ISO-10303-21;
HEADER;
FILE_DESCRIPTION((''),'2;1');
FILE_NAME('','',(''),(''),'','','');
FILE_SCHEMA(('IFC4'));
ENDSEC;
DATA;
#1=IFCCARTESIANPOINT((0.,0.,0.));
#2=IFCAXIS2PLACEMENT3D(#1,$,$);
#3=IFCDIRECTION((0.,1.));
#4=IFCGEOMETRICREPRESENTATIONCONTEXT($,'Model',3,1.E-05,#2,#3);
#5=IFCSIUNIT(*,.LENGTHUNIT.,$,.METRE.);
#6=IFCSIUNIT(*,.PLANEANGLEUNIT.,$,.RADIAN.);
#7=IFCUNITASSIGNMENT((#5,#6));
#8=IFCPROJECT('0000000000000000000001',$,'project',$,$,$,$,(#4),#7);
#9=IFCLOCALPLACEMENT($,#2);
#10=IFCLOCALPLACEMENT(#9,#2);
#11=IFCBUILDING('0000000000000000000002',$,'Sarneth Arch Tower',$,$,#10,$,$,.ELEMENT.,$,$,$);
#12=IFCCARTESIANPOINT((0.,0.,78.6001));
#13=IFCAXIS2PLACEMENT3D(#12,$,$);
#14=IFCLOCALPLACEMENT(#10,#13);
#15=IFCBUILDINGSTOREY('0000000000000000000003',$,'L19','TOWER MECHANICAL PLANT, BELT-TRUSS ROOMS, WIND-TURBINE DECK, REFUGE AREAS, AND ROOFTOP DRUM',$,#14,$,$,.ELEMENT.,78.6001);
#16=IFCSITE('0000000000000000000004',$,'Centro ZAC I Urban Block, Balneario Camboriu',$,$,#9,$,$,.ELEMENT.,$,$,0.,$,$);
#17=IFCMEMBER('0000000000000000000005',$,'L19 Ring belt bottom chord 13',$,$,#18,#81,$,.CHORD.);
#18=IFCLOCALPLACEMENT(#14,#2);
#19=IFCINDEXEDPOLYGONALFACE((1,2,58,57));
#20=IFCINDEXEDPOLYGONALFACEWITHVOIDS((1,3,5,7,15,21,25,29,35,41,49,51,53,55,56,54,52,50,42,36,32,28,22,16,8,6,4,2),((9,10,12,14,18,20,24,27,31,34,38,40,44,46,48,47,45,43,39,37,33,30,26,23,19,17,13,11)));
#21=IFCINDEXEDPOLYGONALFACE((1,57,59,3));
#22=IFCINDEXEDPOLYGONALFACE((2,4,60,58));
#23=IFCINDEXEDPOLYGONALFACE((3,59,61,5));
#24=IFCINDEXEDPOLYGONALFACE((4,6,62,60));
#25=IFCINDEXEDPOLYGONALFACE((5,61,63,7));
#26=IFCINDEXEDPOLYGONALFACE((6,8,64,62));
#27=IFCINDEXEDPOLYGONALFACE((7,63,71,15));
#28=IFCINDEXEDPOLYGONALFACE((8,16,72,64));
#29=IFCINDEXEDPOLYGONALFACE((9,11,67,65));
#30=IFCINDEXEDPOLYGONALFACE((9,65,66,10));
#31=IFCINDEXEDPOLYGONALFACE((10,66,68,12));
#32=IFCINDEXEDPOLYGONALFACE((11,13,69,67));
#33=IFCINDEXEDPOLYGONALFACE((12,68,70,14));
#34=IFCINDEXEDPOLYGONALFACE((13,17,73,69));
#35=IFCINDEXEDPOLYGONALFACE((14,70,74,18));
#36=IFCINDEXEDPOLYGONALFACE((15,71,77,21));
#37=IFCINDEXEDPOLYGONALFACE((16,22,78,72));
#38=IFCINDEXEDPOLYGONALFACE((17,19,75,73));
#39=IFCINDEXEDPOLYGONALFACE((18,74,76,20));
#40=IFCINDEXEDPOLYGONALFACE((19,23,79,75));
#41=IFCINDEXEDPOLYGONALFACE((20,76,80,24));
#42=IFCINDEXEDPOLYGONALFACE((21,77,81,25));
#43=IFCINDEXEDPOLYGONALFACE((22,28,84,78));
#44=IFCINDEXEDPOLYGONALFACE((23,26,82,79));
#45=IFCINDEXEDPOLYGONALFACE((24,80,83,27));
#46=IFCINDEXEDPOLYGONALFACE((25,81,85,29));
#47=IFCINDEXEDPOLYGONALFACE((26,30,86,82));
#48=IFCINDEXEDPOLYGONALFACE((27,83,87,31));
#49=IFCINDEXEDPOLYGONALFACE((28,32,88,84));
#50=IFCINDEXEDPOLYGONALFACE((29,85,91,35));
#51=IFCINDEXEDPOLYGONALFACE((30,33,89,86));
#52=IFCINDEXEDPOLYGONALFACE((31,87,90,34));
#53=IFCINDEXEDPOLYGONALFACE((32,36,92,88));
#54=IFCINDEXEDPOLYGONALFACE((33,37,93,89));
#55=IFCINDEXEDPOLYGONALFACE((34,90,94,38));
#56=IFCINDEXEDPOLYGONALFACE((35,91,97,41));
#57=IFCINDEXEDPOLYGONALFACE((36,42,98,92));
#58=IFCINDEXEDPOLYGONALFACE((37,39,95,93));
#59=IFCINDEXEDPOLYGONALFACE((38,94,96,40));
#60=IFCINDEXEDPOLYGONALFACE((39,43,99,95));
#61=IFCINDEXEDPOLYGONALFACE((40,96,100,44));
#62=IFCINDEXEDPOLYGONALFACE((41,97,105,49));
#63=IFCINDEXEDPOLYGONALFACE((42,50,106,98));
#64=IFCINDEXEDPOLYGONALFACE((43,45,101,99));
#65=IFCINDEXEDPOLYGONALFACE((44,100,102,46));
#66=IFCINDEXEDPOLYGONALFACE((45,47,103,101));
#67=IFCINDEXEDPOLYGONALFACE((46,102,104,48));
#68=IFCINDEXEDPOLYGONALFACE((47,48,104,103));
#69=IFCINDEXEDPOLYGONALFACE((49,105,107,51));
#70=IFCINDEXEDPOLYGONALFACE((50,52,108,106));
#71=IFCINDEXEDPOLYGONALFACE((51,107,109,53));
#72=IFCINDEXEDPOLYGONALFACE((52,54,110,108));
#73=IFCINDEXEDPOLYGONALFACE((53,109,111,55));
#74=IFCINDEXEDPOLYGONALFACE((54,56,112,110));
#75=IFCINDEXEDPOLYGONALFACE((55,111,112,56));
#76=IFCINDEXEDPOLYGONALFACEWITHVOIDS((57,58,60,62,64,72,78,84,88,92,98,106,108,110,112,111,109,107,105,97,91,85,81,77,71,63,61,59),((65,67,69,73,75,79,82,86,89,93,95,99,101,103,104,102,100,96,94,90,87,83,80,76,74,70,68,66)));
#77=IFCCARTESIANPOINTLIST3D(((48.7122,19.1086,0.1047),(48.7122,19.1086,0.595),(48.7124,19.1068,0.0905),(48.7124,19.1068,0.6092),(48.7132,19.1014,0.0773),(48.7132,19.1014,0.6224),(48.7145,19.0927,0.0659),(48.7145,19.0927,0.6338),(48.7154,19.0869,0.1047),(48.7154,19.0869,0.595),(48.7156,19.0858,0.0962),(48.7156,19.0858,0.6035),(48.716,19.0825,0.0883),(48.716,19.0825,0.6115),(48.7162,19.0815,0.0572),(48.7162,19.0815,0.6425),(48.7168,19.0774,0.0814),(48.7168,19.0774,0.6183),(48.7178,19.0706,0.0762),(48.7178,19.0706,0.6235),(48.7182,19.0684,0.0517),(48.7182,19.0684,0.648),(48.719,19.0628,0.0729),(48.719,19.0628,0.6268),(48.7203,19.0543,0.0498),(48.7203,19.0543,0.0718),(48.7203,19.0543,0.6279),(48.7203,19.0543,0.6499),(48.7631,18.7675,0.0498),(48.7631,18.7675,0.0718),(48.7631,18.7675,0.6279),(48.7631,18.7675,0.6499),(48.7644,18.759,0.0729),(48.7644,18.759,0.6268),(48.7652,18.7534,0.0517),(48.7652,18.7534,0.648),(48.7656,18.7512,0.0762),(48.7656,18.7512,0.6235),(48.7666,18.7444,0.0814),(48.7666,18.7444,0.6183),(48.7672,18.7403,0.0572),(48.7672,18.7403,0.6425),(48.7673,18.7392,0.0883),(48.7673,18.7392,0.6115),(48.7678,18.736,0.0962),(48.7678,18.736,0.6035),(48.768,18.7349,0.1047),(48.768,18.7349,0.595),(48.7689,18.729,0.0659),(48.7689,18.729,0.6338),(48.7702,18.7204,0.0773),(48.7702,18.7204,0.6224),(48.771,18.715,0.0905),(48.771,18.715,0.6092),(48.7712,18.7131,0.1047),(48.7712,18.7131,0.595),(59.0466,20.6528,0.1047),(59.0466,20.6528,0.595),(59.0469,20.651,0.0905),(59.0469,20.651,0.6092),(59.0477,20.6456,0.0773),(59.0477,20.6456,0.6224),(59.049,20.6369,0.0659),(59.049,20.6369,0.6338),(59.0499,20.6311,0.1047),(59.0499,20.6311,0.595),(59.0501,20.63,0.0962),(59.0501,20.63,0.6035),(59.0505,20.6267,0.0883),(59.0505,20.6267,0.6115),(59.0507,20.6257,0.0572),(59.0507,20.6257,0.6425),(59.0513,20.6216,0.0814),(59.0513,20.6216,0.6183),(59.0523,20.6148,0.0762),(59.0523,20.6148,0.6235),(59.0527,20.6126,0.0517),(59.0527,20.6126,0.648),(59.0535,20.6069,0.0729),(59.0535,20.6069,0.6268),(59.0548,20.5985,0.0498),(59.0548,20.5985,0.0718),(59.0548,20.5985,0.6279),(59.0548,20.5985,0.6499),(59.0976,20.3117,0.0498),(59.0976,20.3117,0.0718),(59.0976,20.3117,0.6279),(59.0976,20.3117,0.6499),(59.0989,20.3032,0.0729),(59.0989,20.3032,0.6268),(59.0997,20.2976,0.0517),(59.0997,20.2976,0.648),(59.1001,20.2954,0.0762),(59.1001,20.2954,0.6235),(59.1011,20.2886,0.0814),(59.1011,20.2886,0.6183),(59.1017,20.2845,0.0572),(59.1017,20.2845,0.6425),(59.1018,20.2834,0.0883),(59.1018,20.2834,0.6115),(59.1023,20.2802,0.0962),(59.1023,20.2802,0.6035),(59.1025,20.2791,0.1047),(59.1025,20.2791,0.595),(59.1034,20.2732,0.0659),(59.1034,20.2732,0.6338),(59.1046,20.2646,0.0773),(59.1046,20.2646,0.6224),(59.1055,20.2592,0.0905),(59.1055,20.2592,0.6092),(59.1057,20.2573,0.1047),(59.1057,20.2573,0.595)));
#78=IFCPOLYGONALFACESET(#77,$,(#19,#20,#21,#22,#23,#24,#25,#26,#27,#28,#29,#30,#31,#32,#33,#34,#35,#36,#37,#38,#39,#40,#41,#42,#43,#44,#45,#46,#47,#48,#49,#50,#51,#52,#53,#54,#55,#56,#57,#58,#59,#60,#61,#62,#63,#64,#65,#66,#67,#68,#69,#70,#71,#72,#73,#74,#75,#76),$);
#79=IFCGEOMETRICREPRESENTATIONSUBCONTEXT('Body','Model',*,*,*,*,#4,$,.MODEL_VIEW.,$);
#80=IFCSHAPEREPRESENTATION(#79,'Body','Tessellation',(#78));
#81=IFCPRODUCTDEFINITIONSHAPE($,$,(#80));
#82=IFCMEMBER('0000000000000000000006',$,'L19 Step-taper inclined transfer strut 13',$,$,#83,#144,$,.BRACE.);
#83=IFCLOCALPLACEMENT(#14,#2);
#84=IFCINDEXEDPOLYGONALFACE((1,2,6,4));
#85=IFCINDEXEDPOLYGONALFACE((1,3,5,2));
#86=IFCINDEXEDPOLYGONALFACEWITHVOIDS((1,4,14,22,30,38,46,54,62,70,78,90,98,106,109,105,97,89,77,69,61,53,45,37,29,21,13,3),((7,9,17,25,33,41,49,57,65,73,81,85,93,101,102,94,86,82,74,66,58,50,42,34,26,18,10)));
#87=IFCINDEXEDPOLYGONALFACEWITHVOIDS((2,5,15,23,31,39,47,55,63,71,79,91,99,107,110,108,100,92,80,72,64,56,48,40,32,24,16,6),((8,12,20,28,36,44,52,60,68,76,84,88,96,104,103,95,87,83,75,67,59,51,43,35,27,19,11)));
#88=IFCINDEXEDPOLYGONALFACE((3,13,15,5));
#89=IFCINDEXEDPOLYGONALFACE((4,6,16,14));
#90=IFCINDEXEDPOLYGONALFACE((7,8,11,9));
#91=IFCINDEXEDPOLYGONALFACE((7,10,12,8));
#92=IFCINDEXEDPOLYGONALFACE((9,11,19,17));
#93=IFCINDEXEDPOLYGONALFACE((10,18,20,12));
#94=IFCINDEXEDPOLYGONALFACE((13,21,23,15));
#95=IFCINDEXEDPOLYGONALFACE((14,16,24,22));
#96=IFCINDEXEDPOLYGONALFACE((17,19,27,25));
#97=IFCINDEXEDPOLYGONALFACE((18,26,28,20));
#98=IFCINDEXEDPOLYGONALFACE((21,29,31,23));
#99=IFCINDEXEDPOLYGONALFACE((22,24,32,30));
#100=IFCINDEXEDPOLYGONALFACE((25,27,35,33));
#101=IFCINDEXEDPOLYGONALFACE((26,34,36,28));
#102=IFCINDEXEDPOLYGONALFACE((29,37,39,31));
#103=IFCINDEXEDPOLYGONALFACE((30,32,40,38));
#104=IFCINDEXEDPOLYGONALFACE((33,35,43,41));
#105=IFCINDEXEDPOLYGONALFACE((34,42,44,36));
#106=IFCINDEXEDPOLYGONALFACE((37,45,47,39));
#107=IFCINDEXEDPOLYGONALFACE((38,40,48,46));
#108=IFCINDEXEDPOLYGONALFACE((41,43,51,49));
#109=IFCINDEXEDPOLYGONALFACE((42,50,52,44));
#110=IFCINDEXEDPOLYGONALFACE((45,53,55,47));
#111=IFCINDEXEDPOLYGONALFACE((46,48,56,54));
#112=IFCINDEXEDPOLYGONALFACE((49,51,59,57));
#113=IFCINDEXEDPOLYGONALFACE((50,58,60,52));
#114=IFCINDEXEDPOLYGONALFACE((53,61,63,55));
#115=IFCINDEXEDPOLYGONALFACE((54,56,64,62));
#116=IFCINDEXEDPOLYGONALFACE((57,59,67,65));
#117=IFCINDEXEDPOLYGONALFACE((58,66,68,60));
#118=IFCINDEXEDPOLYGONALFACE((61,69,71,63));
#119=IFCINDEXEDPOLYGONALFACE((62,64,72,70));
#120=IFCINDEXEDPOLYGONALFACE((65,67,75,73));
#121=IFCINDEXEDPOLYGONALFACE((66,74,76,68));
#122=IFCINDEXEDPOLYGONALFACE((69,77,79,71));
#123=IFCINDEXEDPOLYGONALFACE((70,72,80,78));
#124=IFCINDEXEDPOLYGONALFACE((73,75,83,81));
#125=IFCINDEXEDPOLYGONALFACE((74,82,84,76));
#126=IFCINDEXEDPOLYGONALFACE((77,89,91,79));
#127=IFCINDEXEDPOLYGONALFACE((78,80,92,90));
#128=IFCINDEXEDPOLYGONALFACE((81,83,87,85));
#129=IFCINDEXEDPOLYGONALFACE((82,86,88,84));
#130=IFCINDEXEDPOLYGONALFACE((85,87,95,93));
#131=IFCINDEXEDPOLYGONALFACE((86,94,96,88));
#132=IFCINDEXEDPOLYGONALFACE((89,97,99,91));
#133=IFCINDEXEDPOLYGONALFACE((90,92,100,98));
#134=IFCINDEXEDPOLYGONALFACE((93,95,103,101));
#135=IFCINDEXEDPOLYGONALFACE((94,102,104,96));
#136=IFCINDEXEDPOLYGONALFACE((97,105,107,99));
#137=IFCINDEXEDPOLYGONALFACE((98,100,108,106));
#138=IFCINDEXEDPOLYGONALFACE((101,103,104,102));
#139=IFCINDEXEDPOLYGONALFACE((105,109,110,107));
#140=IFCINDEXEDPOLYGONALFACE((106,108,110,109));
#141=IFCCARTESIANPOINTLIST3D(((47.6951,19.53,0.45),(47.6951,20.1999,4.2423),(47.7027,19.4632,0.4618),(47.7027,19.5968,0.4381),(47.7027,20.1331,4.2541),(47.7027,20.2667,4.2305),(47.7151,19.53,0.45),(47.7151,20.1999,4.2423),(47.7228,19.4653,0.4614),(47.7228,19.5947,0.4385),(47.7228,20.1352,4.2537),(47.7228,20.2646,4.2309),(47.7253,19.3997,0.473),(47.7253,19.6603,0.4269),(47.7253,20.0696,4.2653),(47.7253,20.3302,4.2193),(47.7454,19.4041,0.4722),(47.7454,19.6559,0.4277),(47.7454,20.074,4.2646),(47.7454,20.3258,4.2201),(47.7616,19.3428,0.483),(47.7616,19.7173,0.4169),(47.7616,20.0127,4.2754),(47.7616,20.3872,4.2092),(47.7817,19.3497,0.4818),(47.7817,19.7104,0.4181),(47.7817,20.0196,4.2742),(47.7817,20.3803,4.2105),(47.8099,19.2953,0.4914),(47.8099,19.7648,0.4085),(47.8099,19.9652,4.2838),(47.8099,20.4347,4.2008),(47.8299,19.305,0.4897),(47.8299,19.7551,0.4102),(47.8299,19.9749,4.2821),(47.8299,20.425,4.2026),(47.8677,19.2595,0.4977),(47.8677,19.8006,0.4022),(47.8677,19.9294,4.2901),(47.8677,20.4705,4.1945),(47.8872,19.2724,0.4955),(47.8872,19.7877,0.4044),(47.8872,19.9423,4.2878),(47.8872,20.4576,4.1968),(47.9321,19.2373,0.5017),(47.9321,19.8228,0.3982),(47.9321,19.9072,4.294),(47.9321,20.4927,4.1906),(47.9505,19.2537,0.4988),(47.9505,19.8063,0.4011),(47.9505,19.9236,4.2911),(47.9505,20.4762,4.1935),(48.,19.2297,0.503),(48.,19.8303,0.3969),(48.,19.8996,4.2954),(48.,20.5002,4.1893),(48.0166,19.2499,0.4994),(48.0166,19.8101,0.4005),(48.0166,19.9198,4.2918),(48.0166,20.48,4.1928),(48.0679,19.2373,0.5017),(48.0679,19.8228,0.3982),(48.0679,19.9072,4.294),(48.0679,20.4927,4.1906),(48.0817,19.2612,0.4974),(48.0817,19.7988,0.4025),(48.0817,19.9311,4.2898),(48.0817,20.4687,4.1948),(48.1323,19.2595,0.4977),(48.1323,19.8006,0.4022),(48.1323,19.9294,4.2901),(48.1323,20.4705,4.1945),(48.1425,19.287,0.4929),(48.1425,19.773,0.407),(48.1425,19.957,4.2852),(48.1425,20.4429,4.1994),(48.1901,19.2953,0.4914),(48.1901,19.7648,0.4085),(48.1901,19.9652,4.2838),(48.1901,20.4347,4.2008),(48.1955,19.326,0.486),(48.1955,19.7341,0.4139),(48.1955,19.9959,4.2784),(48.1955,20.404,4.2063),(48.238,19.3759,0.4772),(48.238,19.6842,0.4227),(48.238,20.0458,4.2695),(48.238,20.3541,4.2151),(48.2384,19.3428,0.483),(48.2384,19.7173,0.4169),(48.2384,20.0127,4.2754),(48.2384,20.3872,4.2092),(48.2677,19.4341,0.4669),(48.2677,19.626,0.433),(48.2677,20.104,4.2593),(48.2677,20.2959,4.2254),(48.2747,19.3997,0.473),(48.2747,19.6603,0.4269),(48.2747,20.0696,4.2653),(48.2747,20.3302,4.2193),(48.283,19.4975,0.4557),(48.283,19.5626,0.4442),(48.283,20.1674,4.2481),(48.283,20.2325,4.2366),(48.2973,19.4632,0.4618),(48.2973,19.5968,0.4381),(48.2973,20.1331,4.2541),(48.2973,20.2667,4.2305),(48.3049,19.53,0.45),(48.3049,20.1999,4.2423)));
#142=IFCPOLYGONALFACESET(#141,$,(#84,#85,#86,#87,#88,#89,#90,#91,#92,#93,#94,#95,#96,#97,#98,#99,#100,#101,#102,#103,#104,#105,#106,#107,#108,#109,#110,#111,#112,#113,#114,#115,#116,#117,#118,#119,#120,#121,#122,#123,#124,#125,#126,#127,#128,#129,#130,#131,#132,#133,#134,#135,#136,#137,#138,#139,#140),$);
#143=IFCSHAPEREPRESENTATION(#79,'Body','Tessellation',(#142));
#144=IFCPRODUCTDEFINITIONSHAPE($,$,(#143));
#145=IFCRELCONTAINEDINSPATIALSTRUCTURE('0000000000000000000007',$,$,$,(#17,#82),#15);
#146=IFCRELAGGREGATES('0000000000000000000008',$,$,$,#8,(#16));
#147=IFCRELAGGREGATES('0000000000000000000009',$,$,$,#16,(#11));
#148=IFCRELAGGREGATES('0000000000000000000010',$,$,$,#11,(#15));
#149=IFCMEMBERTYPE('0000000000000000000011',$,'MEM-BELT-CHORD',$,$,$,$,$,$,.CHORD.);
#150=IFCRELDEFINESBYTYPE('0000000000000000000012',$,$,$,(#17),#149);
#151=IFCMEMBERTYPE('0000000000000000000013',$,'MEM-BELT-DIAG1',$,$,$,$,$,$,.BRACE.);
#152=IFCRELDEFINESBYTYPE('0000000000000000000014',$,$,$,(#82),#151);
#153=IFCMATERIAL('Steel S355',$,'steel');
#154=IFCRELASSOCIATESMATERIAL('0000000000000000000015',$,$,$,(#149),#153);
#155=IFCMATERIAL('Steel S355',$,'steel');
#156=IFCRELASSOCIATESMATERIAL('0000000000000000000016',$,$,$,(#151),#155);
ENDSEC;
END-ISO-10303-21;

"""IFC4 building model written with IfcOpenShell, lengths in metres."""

from ifc_helpers import new_model, si_unit, direction, frame, origin, origin_2d, place, context, subcontext, project, spatial, hollow_rectangle, hollow_circle, extrude, material, material_profile, profile_set, type_object, element, save


model = new_model("IFC4")

# Units and contexts
model_context = context("Model", 3, precision=1e-05, world=origin(), true_north=direction((0.0, 1.0)))
body_context = subcontext(model_context, "Body", "Model", "MODEL_VIEW")
ifc_project = project(units=[si_unit("LENGTHUNIT", "METRE"), si_unit("PLANEANGLEUNIT", "RADIAN")], contexts=[model_context])

# Site, building, storey
site_placement = place(None, origin())
site = spatial("IfcSite", under=ifc_project, at=site_placement, Name="Centro ZAC I Urban Block, Balneario Camboriu", CompositionType="ELEMENT", RefElevation=0.0)
building_placement = place(site_placement, origin())
building = spatial("IfcBuilding", under=site, at=building_placement, Name="Sarneth Arch Tower", CompositionType="ELEMENT")
storey_placement = place(building_placement, frame((0.0, 0.0, 78.6001)))
storey = spatial("IfcBuildingStorey", under=building, at=storey_placement, Name="L19", Description="TOWER MECHANICAL PLANT, BELT-TRUSS ROOMS, WIND-TURBINE DECK, REFUGE AREAS, AND ROOFTOP DRUM", CompositionType="ELEMENT", Elevation=78.6001)

# Members
ifc_material_1 = material(Name="Steel S355", Category="steel")
ifc_material_profile_1 = material_profile(ifc_material_1, hollow_rectangle(XDim=0.3999, YDim=0.6001, WallThickness=0.022, InnerFilletRadius=0.033, OuterFilletRadius=0.0549, at=origin_2d()), Name="RHS600x400x22")
ifc_profile_set_1 = profile_set([ifc_material_profile_1], Name="Steel S355")
member_type_1 = type_object("IfcMemberType", Name="MEM-BELT-CHORD", PredefinedType="CHORD", material=ifc_profile_set_1)
member_1_placement = place(storey_placement, frame((48.7417, 18.9109, 0.3499), z_axis=(0.98902, 0.147781, 0.0), x_axis=(-0.147781, 0.98902, 0.0)))
element("IfcMember", 1, at=member_1_placement, inside=storey, type_object=member_type_1, Name="L19 Ring belt bottom chord 13", PredefinedType="CHORD", context=body_context, shape_type="SweptSolid", body=[
    extrude(hollow_rectangle(XDim=0.3999, YDim=0.6001, WallThickness=0.022, InnerFilletRadius=0.033, OuterFilletRadius=0.0549, at=origin_2d()), origin(), (0.0, 0.0, 1.0), 10.4492),
])
ifc_material_2 = material(Name="Steel S355", Category="steel")
ifc_material_profile_2 = material_profile(ifc_material_2, hollow_circle(Radius=0.3049, WallThickness=0.02, at=origin_2d()), Name="CHS610x20")
ifc_profile_set_2 = profile_set([ifc_material_profile_2], Name="Steel S355")
member_type_2 = type_object("IfcMemberType", Name="MEM-BELT-DIAG1", PredefinedType="BRACE", material=ifc_profile_set_2)
member_2_placement = place(storey_placement, frame((48.0, 19.53, 0.45), z_axis=(0.0, 0.173952, 0.984754), x_axis=(-1.0, 0.0, 0.0)))
element("IfcMember", 2, at=member_2_placement, inside=storey, type_object=member_type_2, Name="L19 Step-taper inclined transfer strut 13", PredefinedType="BRACE", context=body_context, shape_type="SweptSolid", body=[
    extrude(hollow_circle(Radius=0.3049, WallThickness=0.02, at=origin_2d()), origin(), (0.0, 0.0, 1.0), 3.8511),
])

save(model, "model.ifc")
